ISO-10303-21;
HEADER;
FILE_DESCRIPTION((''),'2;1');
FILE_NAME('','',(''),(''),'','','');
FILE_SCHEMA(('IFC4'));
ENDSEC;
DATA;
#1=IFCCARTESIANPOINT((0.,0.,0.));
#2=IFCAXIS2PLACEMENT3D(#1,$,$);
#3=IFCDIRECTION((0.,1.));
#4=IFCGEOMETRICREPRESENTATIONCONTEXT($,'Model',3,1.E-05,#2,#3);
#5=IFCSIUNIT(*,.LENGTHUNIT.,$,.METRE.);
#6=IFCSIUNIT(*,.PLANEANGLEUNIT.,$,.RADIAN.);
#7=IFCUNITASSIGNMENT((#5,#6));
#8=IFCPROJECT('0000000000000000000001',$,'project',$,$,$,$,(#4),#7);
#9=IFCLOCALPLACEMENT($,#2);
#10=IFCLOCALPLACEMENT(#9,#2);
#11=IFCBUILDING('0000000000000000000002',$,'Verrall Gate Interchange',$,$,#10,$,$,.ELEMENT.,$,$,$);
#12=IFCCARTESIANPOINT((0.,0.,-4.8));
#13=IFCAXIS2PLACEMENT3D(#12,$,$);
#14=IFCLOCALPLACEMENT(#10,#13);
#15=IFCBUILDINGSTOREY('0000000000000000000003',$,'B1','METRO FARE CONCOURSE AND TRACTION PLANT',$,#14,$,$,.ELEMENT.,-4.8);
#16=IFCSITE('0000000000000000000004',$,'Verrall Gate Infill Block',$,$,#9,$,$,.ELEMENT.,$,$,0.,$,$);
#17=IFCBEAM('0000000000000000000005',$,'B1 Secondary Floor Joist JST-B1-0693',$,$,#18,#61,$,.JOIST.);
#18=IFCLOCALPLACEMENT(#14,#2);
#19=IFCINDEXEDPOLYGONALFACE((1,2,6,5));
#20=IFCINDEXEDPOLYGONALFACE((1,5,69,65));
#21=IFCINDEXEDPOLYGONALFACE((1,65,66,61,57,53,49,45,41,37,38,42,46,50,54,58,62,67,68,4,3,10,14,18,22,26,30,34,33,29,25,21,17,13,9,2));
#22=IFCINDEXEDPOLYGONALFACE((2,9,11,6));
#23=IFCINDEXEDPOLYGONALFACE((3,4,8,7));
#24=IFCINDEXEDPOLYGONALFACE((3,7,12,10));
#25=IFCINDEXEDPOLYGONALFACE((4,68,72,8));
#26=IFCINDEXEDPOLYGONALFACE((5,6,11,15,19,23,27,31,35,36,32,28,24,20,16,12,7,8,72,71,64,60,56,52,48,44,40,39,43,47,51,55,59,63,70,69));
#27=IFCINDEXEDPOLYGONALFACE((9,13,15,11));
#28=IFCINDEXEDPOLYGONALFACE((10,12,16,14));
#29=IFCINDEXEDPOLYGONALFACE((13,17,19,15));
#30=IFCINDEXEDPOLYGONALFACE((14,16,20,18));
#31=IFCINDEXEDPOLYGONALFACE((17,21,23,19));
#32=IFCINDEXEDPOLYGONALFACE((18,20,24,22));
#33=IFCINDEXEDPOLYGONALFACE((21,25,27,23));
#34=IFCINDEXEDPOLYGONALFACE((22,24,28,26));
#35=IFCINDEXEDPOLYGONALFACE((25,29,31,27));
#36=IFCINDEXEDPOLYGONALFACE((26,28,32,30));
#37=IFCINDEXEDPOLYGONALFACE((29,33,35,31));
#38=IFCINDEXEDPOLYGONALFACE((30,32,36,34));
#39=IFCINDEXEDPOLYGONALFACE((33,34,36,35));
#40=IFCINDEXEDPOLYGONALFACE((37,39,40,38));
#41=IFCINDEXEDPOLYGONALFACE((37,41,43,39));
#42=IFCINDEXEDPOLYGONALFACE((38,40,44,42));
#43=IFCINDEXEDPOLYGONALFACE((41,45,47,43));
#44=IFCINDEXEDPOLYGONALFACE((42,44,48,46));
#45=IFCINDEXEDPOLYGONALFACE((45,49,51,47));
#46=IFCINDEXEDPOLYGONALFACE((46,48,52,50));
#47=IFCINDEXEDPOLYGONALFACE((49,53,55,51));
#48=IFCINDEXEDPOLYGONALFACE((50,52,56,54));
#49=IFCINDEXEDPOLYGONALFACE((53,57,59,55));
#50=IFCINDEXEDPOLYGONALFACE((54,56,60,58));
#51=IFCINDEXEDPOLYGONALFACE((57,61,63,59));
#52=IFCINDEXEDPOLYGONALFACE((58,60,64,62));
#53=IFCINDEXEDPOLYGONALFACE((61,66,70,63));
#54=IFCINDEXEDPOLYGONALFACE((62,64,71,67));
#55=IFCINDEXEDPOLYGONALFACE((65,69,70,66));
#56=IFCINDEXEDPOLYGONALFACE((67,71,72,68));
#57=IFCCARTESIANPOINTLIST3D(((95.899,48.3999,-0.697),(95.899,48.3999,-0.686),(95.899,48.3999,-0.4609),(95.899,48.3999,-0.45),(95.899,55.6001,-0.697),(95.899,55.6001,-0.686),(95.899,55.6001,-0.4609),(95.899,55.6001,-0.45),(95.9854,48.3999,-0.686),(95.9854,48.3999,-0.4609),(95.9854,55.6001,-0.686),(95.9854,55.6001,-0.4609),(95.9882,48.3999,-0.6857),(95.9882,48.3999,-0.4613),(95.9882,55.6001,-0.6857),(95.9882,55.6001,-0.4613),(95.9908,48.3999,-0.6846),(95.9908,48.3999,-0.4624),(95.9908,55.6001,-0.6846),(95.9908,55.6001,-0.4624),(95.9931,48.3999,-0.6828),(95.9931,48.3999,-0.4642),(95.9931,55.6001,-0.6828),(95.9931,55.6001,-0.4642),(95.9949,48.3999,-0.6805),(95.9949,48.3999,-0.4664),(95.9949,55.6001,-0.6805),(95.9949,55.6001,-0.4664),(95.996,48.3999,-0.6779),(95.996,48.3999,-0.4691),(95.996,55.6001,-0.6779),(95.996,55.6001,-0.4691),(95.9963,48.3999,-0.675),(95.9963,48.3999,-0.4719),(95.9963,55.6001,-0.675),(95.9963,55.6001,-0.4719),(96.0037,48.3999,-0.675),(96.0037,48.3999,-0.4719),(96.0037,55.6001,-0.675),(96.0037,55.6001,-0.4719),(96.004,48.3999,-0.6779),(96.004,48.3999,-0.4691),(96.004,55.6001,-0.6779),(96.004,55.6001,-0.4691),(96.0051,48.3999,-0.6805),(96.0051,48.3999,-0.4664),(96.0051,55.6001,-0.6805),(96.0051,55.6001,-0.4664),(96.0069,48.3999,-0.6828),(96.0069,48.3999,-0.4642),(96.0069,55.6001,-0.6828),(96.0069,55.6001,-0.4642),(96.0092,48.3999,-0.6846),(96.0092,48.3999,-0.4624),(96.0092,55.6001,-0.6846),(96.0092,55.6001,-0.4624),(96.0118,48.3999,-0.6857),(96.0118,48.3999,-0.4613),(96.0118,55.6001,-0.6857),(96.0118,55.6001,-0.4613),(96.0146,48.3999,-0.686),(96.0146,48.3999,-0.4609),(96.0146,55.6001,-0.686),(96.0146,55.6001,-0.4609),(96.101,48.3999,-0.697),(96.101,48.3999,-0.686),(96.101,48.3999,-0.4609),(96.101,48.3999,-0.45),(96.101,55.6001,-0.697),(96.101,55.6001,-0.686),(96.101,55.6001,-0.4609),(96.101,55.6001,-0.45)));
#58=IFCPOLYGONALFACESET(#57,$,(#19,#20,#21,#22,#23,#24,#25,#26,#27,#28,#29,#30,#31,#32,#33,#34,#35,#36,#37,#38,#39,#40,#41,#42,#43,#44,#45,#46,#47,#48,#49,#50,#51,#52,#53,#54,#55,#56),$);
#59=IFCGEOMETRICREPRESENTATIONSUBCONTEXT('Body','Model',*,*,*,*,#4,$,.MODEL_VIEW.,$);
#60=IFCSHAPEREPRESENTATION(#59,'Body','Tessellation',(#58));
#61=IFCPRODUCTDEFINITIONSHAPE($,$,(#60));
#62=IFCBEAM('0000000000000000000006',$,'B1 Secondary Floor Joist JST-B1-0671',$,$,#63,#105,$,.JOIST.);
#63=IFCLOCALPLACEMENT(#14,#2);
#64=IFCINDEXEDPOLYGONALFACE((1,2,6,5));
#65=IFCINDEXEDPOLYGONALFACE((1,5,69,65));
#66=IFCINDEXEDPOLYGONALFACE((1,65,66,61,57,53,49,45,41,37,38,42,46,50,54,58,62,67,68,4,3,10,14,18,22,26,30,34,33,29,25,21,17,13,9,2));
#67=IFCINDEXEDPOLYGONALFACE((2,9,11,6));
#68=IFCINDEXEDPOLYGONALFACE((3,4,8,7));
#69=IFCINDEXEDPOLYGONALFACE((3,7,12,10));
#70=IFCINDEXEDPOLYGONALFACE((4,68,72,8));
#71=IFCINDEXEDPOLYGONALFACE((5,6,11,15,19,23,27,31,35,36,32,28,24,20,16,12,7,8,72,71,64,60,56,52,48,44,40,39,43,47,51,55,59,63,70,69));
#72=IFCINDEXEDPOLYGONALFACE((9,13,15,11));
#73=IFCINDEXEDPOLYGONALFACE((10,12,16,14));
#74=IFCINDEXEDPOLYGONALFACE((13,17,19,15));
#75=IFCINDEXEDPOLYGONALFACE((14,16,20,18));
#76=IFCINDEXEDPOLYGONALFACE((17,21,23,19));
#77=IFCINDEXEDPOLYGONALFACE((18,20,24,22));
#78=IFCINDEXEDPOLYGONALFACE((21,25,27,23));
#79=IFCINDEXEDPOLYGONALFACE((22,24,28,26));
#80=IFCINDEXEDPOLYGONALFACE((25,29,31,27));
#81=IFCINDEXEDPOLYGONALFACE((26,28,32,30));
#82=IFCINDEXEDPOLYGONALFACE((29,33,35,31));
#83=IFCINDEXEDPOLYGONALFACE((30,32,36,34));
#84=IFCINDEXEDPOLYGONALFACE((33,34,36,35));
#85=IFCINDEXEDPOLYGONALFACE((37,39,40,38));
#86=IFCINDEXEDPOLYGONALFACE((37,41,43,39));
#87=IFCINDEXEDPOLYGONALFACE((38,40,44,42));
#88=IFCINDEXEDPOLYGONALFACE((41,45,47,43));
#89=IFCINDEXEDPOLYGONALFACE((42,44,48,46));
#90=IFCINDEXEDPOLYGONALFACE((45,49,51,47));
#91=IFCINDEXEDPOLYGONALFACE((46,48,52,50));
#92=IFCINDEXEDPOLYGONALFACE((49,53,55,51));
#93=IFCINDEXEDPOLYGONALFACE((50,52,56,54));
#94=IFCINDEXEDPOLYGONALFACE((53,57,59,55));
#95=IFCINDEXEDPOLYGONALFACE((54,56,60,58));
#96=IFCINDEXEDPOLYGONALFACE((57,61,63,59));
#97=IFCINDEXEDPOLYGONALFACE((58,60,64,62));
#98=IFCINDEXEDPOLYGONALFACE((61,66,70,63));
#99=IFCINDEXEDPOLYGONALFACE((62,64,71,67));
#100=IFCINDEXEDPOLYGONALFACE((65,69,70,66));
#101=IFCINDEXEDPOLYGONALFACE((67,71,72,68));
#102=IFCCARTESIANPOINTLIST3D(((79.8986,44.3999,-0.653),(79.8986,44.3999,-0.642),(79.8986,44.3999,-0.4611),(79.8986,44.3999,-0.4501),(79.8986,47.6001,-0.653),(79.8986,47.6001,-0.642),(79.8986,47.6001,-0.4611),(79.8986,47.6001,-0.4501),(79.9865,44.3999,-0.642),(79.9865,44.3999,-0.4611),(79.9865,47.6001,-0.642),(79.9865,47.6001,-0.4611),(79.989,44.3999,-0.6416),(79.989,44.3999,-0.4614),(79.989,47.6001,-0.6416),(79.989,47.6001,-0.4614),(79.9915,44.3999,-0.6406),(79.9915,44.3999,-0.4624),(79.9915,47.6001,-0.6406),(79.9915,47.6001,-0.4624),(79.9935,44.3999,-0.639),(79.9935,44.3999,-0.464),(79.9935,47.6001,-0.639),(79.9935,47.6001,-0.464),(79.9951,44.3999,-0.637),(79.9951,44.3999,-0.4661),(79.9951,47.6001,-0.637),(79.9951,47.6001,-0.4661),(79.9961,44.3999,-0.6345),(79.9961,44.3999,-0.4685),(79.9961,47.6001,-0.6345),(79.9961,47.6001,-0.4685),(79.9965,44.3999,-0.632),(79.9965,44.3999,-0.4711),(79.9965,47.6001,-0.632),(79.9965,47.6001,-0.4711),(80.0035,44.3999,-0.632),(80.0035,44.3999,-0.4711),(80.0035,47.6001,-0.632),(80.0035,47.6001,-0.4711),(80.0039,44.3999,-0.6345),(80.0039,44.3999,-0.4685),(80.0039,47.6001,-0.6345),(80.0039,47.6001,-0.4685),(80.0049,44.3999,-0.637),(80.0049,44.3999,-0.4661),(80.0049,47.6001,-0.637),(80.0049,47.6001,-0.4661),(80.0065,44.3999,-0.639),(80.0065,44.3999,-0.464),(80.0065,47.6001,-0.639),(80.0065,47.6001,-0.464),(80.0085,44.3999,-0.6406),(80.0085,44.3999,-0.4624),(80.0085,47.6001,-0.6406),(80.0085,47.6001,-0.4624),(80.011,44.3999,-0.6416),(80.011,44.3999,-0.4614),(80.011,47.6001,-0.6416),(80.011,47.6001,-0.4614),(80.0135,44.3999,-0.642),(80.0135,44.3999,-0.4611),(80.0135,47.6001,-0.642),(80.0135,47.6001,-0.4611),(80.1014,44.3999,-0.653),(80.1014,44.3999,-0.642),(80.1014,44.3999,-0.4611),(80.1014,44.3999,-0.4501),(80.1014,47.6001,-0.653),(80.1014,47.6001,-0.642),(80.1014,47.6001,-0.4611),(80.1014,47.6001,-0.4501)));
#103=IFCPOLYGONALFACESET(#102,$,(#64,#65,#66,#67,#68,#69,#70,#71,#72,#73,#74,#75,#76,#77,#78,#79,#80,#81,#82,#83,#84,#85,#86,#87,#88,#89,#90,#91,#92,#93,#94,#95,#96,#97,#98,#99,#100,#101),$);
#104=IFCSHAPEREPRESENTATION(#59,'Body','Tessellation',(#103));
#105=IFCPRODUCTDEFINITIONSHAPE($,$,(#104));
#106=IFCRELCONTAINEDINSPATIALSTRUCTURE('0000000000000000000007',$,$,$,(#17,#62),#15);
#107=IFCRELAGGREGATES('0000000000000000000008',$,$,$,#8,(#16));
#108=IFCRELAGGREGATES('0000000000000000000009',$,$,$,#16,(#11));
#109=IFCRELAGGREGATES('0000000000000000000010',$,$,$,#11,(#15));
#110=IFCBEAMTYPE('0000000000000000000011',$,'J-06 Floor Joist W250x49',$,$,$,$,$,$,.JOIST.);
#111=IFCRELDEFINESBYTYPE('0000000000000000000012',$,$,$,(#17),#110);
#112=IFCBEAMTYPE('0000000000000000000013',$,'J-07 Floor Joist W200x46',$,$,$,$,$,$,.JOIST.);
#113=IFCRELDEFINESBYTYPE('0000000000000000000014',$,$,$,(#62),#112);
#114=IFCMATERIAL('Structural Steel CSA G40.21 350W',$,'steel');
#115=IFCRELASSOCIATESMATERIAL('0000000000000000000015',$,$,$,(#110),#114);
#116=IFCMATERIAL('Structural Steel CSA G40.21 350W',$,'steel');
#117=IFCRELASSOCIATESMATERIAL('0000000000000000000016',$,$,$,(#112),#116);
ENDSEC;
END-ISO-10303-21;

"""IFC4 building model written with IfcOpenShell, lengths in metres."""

from ifc_helpers import new_model, si_unit, direction, frame, origin, origin_2d, place, context, subcontext, project, spatial, i_section, extrude, material, material_profile, profile_set, type_object, element, save


model = new_model("IFC4")

# Units and contexts
model_context = context("Model", 3, precision=1e-05, world=origin(), true_north=direction((0.0, 1.0)))
body_context = subcontext(model_context, "Body", "Model", "MODEL_VIEW")
ifc_project = project(units=[si_unit("LENGTHUNIT", "METRE"), si_unit("PLANEANGLEUNIT", "RADIAN")], contexts=[model_context])

# Site, building, storey
site_placement = place(None, origin())
site = spatial("IfcSite", under=ifc_project, at=site_placement, Name="Verrall Gate Infill Block", CompositionType="ELEMENT", RefElevation=0.0)
building_placement = place(site_placement, origin())
building = spatial("IfcBuilding", under=site, at=building_placement, Name="Verrall Gate Interchange", CompositionType="ELEMENT")
storey_placement = place(building_placement, frame((0.0, 0.0, -4.8)))
storey = spatial("IfcBuildingStorey", under=building, at=storey_placement, Name="B1", Description="METRO FARE CONCOURSE AND TRACTION PLANT", CompositionType="ELEMENT", Elevation=-4.8)

# Beams
ifc_material_1 = material(Name="Structural Steel CSA G40.21 350W", Category="steel")
ifc_material_profile_1 = material_profile(ifc_material_1, i_section(OverallWidth=0.2019, OverallDepth=0.2471, WebThickness=0.0073, FlangeThickness=0.011, FilletRadius=0.011, at=origin_2d()), Name="W250x49")
ifc_profile_set_1 = profile_set([ifc_material_profile_1], Name="Structural Steel CSA G40.21 350W")
beam_type_1 = type_object("IfcBeamType", Name="J-06 Floor Joist W250x49", PredefinedType="JOIST", material=ifc_profile_set_1)
beam_1_placement = place(storey_placement, frame((96.0, 48.3999, -0.5735), z_axis=(0.0, 1.0, 0.0), x_axis=(-1.0, 0.0, 0.0)))
element("IfcBeam", 1, at=beam_1_placement, inside=storey, type_object=beam_type_1, Name="B1 Secondary Floor Joist JST-B1-0693", PredefinedType="JOIST", context=body_context, shape_type="SweptSolid", body=[
    extrude(i_section(OverallWidth=0.2019, OverallDepth=0.2471, WebThickness=0.0073, FlangeThickness=0.011, FilletRadius=0.011, at=origin_2d()), origin(), (0.0, 0.0, 1.0), 7.2002),
])
ifc_material_2 = material(Name="Structural Steel CSA G40.21 350W", Category="steel")
ifc_material_profile_2 = material_profile(ifc_material_2, i_section(OverallWidth=0.2029, OverallDepth=0.2029, WebThickness=0.0071, FlangeThickness=0.011, FilletRadius=0.01, at=origin_2d()), Name="W200x46")
ifc_profile_set_2 = profile_set([ifc_material_profile_2], Name="Structural Steel CSA G40.21 350W")
beam_type_2 = type_object("IfcBeamType", Name="J-07 Floor Joist W200x46", PredefinedType="JOIST", material=ifc_profile_set_2)
beam_2_placement = place(storey_placement, frame((80.0, 44.3999, -0.5515), z_axis=(0.0, 1.0, 0.0), x_axis=(-1.0, 0.0, 0.0)))
element("IfcBeam", 2, at=beam_2_placement, inside=storey, type_object=beam_type_2, Name="B1 Secondary Floor Joist JST-B1-0671", PredefinedType="JOIST", context=body_context, shape_type="SweptSolid", body=[
    extrude(i_section(OverallWidth=0.2029, OverallDepth=0.2029, WebThickness=0.0071, FlangeThickness=0.011, FilletRadius=0.01, at=origin_2d()), origin(), (0.0, 0.0, 1.0), 3.2002),
])

save(model, "model.ifc")
